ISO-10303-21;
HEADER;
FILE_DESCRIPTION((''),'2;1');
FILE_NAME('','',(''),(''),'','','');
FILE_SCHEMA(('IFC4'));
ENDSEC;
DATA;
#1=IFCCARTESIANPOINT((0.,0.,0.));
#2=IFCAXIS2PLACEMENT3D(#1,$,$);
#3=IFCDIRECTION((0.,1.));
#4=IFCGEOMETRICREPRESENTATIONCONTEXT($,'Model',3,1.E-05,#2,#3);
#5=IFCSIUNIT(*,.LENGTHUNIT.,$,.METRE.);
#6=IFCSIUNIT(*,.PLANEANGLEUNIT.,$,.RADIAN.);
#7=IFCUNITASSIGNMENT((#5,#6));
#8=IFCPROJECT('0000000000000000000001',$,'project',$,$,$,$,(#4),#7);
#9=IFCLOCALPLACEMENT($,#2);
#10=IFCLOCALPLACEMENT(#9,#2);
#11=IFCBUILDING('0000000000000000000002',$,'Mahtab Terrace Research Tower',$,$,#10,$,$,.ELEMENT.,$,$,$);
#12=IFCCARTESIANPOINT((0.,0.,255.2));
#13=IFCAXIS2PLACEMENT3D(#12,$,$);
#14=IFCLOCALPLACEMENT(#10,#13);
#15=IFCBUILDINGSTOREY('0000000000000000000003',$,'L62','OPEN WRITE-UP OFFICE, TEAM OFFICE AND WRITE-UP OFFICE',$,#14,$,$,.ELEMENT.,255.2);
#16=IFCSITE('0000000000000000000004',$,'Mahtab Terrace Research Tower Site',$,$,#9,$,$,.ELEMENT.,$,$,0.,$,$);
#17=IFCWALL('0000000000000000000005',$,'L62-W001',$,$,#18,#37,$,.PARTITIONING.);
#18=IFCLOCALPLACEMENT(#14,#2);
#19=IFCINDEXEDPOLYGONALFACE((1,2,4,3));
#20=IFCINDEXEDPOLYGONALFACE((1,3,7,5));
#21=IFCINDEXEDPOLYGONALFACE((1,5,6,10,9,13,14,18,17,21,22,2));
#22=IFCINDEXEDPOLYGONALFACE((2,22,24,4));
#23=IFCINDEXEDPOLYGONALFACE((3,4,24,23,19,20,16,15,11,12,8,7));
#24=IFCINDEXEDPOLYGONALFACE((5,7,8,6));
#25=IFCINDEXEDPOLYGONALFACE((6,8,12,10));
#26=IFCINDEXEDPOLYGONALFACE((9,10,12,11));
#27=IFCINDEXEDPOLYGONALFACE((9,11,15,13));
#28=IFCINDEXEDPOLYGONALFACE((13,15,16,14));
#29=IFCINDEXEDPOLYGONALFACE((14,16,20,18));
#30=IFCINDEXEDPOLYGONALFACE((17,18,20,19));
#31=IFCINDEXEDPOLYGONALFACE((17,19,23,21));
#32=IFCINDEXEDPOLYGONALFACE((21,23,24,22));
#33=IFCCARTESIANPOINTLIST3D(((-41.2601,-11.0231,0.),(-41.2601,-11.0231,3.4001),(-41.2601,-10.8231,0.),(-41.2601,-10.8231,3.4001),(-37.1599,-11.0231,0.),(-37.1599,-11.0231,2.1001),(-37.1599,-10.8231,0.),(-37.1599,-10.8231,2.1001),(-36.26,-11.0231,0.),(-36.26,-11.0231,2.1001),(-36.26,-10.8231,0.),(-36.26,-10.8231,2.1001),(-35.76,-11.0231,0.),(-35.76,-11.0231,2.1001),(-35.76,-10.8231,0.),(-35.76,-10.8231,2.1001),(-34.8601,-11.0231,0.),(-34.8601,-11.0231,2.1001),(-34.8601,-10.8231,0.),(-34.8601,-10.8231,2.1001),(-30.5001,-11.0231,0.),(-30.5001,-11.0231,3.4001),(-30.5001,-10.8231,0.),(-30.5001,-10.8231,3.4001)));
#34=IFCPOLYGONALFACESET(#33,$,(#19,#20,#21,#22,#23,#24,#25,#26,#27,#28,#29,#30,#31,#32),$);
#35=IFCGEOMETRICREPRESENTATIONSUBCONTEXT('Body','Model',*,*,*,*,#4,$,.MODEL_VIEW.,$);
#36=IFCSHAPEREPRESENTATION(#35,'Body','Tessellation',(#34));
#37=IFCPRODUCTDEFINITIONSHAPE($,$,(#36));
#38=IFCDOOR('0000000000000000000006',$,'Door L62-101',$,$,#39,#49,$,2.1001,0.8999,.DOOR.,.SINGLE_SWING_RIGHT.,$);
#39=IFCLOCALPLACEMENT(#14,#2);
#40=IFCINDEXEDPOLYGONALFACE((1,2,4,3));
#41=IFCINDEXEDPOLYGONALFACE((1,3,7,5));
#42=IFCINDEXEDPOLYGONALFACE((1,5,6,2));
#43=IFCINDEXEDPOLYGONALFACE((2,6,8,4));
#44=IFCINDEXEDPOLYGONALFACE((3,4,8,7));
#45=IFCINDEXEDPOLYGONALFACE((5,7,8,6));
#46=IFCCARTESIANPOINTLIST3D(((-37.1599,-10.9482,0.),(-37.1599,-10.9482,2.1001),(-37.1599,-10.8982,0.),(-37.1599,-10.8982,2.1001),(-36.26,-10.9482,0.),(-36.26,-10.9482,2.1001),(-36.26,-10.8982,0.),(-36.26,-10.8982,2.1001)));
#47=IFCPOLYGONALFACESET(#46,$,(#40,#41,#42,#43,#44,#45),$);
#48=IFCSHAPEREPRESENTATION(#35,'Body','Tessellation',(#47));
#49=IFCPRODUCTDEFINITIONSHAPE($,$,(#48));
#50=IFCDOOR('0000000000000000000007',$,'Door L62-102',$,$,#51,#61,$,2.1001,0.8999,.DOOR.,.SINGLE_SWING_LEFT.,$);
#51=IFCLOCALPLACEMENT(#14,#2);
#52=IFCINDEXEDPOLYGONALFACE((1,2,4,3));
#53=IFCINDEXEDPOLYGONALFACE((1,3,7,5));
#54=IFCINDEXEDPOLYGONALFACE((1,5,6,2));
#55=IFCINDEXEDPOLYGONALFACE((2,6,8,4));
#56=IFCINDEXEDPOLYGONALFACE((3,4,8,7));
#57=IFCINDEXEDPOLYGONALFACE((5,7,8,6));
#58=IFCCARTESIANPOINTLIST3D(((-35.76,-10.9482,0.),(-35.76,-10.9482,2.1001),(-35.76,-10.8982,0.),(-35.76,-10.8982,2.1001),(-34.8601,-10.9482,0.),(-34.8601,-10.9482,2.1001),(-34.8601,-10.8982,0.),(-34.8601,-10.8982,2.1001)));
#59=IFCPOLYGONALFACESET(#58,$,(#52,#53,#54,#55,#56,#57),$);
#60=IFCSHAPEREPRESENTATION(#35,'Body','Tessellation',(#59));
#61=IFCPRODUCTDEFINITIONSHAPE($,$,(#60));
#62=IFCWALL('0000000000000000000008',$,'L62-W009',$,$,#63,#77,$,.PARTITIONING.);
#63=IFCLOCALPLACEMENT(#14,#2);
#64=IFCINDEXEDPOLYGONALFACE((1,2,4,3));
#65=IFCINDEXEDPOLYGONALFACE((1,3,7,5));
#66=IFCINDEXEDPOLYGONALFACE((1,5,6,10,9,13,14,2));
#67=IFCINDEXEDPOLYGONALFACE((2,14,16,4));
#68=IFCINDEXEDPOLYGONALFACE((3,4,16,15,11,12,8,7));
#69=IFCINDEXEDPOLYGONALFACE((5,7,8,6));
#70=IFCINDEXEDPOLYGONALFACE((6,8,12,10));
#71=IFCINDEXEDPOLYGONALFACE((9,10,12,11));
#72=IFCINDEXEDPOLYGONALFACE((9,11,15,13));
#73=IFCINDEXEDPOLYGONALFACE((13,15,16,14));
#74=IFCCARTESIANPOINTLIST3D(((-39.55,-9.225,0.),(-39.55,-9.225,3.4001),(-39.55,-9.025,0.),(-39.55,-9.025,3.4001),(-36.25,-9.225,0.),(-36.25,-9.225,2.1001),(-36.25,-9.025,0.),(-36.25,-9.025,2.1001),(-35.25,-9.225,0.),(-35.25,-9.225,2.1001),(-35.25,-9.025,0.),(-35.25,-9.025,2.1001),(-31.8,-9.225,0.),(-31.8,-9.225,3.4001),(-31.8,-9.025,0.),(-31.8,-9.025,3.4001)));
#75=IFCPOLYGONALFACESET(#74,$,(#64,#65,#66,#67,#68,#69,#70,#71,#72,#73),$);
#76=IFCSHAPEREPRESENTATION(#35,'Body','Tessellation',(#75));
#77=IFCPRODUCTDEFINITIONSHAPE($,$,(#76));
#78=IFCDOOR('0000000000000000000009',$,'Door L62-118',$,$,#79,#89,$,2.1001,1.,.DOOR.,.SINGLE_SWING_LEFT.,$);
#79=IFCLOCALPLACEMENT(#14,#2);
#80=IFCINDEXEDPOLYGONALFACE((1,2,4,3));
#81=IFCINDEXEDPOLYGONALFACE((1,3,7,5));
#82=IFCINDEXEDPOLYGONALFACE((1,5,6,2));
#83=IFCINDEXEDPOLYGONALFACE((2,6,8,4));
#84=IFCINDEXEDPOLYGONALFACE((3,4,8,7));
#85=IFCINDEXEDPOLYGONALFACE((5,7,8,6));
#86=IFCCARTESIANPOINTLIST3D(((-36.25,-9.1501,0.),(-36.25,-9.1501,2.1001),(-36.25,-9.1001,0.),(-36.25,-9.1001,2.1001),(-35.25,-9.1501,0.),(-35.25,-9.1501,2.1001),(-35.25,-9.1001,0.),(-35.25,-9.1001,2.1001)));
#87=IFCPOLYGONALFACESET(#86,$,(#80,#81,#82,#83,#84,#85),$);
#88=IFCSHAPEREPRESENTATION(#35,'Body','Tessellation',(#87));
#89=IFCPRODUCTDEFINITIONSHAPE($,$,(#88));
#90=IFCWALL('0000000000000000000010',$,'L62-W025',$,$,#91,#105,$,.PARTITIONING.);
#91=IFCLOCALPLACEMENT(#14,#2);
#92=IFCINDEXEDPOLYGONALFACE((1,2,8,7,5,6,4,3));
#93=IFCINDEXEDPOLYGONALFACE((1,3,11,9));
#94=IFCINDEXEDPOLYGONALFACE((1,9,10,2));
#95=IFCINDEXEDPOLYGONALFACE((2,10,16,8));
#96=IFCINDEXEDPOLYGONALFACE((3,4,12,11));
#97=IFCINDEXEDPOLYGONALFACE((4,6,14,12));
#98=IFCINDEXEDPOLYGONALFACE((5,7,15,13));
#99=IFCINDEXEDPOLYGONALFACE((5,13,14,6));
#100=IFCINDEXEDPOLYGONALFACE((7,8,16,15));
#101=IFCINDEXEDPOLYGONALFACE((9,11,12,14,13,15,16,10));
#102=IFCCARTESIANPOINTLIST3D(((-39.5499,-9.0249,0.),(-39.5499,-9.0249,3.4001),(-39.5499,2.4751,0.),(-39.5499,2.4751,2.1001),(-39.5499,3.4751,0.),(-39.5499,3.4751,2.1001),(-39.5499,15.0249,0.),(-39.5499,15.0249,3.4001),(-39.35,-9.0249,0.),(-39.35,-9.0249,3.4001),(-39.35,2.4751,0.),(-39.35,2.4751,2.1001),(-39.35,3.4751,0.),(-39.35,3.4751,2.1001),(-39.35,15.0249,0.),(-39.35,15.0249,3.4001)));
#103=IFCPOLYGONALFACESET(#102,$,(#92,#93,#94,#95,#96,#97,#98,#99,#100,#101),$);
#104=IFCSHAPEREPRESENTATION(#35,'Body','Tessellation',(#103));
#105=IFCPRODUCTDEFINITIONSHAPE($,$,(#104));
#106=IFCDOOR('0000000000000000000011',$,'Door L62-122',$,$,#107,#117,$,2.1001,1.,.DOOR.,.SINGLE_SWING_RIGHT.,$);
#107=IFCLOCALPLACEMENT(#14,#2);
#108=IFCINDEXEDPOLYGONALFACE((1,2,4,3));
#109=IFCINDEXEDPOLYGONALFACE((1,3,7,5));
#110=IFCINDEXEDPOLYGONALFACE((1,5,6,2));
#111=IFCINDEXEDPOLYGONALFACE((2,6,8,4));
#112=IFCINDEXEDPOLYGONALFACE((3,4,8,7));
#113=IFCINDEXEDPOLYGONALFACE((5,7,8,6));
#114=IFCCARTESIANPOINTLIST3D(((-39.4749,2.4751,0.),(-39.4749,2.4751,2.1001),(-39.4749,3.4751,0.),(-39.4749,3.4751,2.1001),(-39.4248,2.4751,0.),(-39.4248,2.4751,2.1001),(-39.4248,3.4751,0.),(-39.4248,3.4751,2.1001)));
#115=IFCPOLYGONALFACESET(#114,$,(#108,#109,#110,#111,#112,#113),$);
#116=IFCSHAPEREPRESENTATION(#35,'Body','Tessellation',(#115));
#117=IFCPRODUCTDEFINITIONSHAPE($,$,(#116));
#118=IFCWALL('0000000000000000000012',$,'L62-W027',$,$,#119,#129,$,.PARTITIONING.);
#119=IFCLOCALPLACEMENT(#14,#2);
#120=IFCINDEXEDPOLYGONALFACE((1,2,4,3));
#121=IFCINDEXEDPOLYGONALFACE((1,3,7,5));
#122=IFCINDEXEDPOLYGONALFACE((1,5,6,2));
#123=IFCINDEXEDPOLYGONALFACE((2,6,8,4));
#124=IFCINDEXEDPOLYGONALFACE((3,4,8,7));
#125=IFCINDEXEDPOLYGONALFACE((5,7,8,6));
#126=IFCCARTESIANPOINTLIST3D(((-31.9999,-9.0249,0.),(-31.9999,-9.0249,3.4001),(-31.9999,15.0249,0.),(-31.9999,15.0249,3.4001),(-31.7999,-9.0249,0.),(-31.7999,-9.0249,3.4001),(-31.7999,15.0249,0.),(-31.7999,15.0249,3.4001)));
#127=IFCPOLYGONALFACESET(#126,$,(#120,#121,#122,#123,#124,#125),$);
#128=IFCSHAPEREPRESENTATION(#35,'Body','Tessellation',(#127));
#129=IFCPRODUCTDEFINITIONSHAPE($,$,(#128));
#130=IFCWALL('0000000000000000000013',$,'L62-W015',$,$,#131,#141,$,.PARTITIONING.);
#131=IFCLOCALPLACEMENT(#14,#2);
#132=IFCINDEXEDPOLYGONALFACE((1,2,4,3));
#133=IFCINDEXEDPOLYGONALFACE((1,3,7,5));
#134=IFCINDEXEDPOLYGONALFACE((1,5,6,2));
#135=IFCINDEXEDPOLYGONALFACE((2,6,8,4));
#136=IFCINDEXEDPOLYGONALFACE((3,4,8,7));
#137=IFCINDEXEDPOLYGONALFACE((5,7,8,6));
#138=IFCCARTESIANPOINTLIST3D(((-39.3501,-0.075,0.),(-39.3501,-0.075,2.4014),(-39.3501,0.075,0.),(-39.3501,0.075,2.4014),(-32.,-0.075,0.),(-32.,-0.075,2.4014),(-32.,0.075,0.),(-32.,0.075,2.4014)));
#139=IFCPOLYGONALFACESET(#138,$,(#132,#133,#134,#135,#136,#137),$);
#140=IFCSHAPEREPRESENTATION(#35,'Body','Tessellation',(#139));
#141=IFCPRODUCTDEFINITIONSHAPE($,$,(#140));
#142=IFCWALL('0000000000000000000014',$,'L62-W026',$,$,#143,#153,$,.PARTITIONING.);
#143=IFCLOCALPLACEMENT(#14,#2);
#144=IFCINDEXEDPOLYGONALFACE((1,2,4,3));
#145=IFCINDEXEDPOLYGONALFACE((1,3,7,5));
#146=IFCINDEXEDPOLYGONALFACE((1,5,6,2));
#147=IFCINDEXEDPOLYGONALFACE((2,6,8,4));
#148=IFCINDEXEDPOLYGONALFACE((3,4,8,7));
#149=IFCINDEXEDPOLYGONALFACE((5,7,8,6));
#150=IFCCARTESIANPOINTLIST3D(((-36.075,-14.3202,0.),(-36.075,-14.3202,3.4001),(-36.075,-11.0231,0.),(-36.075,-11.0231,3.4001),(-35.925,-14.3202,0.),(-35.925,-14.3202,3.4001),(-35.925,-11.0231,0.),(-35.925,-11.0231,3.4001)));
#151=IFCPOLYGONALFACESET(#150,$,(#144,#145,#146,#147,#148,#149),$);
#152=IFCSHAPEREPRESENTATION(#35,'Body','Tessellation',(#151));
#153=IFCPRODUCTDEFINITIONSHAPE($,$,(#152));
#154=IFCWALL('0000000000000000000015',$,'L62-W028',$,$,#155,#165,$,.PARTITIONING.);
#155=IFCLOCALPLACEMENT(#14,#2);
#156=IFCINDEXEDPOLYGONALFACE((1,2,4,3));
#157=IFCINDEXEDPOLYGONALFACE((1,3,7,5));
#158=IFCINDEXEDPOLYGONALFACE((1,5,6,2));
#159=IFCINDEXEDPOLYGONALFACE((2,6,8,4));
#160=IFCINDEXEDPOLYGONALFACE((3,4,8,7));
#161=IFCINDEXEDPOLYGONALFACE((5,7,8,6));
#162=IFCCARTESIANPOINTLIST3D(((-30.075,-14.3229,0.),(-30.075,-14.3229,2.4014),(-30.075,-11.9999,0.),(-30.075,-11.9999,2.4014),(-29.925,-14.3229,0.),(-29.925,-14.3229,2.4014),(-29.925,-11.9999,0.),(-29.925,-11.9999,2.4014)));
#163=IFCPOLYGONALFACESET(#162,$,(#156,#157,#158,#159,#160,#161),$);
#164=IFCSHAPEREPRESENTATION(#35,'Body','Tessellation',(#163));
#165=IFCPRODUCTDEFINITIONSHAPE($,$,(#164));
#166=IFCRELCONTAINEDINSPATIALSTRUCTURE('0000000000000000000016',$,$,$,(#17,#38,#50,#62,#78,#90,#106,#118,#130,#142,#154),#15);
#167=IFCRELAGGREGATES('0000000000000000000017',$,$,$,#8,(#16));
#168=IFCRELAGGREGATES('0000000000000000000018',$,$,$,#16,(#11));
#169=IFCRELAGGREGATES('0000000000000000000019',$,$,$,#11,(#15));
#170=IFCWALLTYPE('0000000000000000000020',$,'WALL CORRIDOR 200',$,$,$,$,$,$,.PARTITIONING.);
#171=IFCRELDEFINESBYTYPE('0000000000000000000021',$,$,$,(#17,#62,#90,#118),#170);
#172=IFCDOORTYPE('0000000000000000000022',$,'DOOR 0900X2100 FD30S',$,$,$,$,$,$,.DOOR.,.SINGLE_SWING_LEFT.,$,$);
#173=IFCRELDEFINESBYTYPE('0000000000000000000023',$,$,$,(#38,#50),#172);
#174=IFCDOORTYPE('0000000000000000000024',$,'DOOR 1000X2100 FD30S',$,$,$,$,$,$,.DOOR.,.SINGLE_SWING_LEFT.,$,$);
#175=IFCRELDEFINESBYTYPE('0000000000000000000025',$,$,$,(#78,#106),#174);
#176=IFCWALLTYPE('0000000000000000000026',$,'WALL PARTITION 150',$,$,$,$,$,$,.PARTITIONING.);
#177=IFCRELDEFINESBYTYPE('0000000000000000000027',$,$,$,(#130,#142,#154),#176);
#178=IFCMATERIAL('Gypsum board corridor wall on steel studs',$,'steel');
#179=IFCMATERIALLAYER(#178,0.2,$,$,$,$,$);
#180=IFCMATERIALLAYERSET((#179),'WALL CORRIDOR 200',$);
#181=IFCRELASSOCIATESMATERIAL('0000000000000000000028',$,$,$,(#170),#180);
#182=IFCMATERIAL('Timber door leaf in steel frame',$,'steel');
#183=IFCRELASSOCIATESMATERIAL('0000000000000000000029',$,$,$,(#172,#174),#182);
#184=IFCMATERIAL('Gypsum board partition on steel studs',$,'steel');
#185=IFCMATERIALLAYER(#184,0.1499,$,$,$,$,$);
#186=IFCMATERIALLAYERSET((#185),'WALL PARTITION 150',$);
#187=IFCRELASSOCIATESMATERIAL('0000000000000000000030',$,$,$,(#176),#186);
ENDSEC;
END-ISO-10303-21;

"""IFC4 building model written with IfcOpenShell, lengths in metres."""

from ifc_helpers import new_model, si_unit, direction, frame, frame_2d, origin, place, context, subcontext, project, spatial, rectangle, extrude, material, layer, layer_set, type_object, element, fill, save


model = new_model("IFC4")

# Units and contexts
model_context = context("Model", 3, precision=1e-05, world=origin(), true_north=direction((0.0, 1.0)))
body_context = subcontext(model_context, "Body", "Model", "MODEL_VIEW")
ifc_project = project(units=[si_unit("LENGTHUNIT", "METRE"), si_unit("PLANEANGLEUNIT", "RADIAN")], contexts=[model_context])

# Site, building, storey
site_placement = place(None, origin())
site = spatial("IfcSite", under=ifc_project, at=site_placement, Name="Mahtab Terrace Research Tower Site", CompositionType="ELEMENT", RefElevation=0.0)
building_placement = place(site_placement, origin())
building = spatial("IfcBuilding", under=site, at=building_placement, Name="Mahtab Terrace Research Tower", CompositionType="ELEMENT")
storey_placement = place(building_placement, frame((0.0, 0.0, 255.2)))
storey = spatial("IfcBuildingStorey", under=building, at=storey_placement, Name="L62", Description="OPEN WRITE-UP OFFICE, TEAM OFFICE AND WRITE-UP OFFICE", CompositionType="ELEMENT", Elevation=255.2)

# Wall, openings, doors
ifc_material_1 = material(Name="Gypsum board corridor wall on steel studs", Category="steel")
ifc_layer_1 = layer(ifc_material_1, 0.2)
ifc_layer_set_1 = layer_set([ifc_layer_1], Name="WALL CORRIDOR 200")
wall_type_1 = type_object("IfcWallType", Name="WALL CORRIDOR 200", PredefinedType="PARTITIONING", material=ifc_layer_set_1)
wall_1_placement = place(storey_placement, frame((-41.26, -10.9231, 0.0), z_axis=(0.0, 0.0, 1.0), x_axis=(1.0, 0.0, 0.0)))
wall_1 = element("IfcWall", 1, at=wall_1_placement, inside=storey, type_object=wall_type_1, Name="L62-W001", PredefinedType="PARTITIONING", context=body_context, shape_type="SweptSolid", body=[
    extrude(rectangle(XDim=10.76, YDim=0.2, at=frame_2d((5.3799, 0.0))), origin(), (0.0, 0.0, 1.0), 3.4001),
])
opening_1_placement = place(wall_1_placement, frame((4.1001, 0.0, 0.0)))
opening_1 = element("IfcOpeningElement", 2, at=opening_1_placement, cuts=wall_1, PredefinedType="OPENING", context=body_context, shape_type="SweptSolid", body=[
    extrude(rectangle(XDim=0.8999, YDim=2.1001, at=frame_2d((0.45, 1.05))), frame((0.0, 0.1099, 0.0), z_axis=(0.0, -1.0, 0.0), x_axis=(1.0, 0.0, 0.0)), (0.0, 0.0, 1.0), 0.22),
])
opening_2_placement = place(wall_1_placement, frame((5.5, 0.0, 0.0)))
opening_2 = element("IfcOpeningElement", 3, at=opening_2_placement, cuts=wall_1, PredefinedType="OPENING", context=body_context, shape_type="SweptSolid", body=[
    extrude(rectangle(XDim=0.8999, YDim=2.1001, at=frame_2d((0.45, 1.05))), frame((0.0, 0.1099, 0.0), z_axis=(0.0, -1.0, 0.0), x_axis=(1.0, 0.0, 0.0)), (0.0, 0.0, 1.0), 0.22),
])
ifc_material_2 = material(Name="Timber door leaf in steel frame", Category="steel")
door_type_1 = type_object("IfcDoorType", Name="DOOR 0900X2100 FD30S", OperationType="SINGLE_SWING_LEFT", PredefinedType="DOOR", material=ifc_material_2)
door_1_placement = place(opening_1_placement, origin())
door_1 = element("IfcDoor", 4, at=door_1_placement, inside=storey, type_object=door_type_1, Name="Door L62-101", OperationType="SINGLE_SWING_RIGHT", OverallHeight=2.1001, OverallWidth=0.8999, PredefinedType="DOOR", context=body_context, shape_type="SweptSolid", body=[
    extrude(rectangle(XDim=0.8999, YDim=2.1001, at=frame_2d((0.45, 1.05))), frame((0.0, 0.0249, 0.0), z_axis=(0.0, -1.0, 0.0), x_axis=(1.0, 0.0, 0.0)), (0.0, 0.0, 1.0), 0.05),
])
fill(opening_1, door_1)
door_2_placement = place(opening_2_placement, origin())
door_2 = element("IfcDoor", 5, at=door_2_placement, inside=storey, type_object=door_type_1, Name="Door L62-102", OperationType="SINGLE_SWING_LEFT", OverallHeight=2.1001, OverallWidth=0.8999, PredefinedType="DOOR", context=body_context, shape_type="SweptSolid", body=[
    extrude(rectangle(XDim=0.8999, YDim=2.1001, at=frame_2d((0.45, 1.05))), frame((0.0, 0.0249, 0.0), z_axis=(0.0, -1.0, 0.0), x_axis=(1.0, 0.0, 0.0)), (0.0, 0.0, 1.0), 0.05),
])
fill(opening_2, door_2)

# Walls, openings, doors
wall_2_placement = place(storey_placement, frame((-39.55, -9.125, 0.0), z_axis=(0.0, 0.0, 1.0), x_axis=(1.0, 0.0, 0.0)))
wall_2 = element("IfcWall", 6, at=wall_2_placement, inside=storey, type_object=wall_type_1, Name="L62-W009", PredefinedType="PARTITIONING", context=body_context, shape_type="SweptSolid", body=[
    extrude(rectangle(XDim=7.75, YDim=0.2, at=frame_2d((3.875, 0.0))), origin(), (0.0, 0.0, 1.0), 3.4001),
])
opening_3_placement = place(wall_2_placement, frame((3.3, 0.0, 0.0)))
opening_3 = element("IfcOpeningElement", 7, at=opening_3_placement, cuts=wall_2, PredefinedType="OPENING", context=body_context, shape_type="SweptSolid", body=[
    extrude(rectangle(XDim=1.0, YDim=2.1001, at=frame_2d((0.5, 1.05))), frame((0.0, 0.1099, 0.0), z_axis=(0.0, -1.0, 0.0), x_axis=(1.0, 0.0, 0.0)), (0.0, 0.0, 1.0), 0.22),
])
door_type_2 = type_object("IfcDoorType", Name="DOOR 1000X2100 FD30S", OperationType="SINGLE_SWING_LEFT", PredefinedType="DOOR", material=ifc_material_2)
door_3_placement = place(opening_3_placement, origin())
door_3 = element("IfcDoor", 8, at=door_3_placement, inside=storey, type_object=door_type_2, Name="Door L62-118", OperationType="SINGLE_SWING_LEFT", OverallHeight=2.1001, OverallWidth=1.0, PredefinedType="DOOR", context=body_context, shape_type="SweptSolid", body=[
    extrude(rectangle(XDim=1.0, YDim=2.1001, at=frame_2d((0.5, 1.05))), frame((0.0, 0.0249, 0.0), z_axis=(0.0, -1.0, 0.0), x_axis=(1.0, 0.0, 0.0)), (0.0, 0.0, 1.0), 0.05),
])
fill(opening_3, door_3)
wall_3_placement = place(storey_placement, frame((-39.45, -9.0249, 0.0), z_axis=(0.0, 0.0, 1.0), x_axis=(0.0, 1.0, 0.0)))
wall_3 = element("IfcWall", 9, at=wall_3_placement, inside=storey, type_object=wall_type_1, Name="L62-W025", PredefinedType="PARTITIONING", context=body_context, shape_type="SweptSolid", body=[
    extrude(rectangle(XDim=24.0498, YDim=0.2, at=frame_2d((12.0249, 0.0))), origin(), (0.0, 0.0, 1.0), 3.4001),
])
opening_4_placement = place(wall_3_placement, frame((11.5, 0.0, 0.0)))
opening_4 = element("IfcOpeningElement", 10, at=opening_4_placement, cuts=wall_3, PredefinedType="OPENING", context=body_context, shape_type="SweptSolid", body=[
    extrude(rectangle(XDim=1.0, YDim=2.1001, at=frame_2d((0.5, 1.05))), frame((0.0, 0.1099, 0.0), z_axis=(0.0, -1.0, 0.0), x_axis=(1.0, 0.0, 0.0)), (0.0, 0.0, 1.0), 0.22),
])
door_4_placement = place(opening_4_placement, origin())
door_4 = element("IfcDoor", 11, at=door_4_placement, inside=storey, type_object=door_type_2, Name="Door L62-122", OperationType="SINGLE_SWING_RIGHT", OverallHeight=2.1001, OverallWidth=1.0, PredefinedType="DOOR", context=body_context, shape_type="SweptSolid", body=[
    extrude(rectangle(XDim=1.0, YDim=2.1001, at=frame_2d((0.5, 1.05))), frame((0.0, 0.0249, 0.0), z_axis=(0.0, -1.0, 0.0), x_axis=(1.0, 0.0, 0.0)), (0.0, 0.0, 1.0), 0.05),
])
fill(opening_4, door_4)

# Walls
wall_4_placement = place(storey_placement, frame((-31.8999, -9.0249, 0.0), z_axis=(0.0, 0.0, 1.0), x_axis=(0.0, 1.0, 0.0)))
element("IfcWall", 12, at=wall_4_placement, inside=storey, type_object=wall_type_1, Name="L62-W027", PredefinedType="PARTITIONING", context=body_context, shape_type="SweptSolid", body=[
    extrude(rectangle(XDim=24.0498, YDim=0.2, at=frame_2d((12.0249, 0.0))), origin(), (0.0, 0.0, 1.0), 3.4001),
])
ifc_material_3 = material(Name="Gypsum board partition on steel studs", Category="steel")
ifc_layer_2 = layer(ifc_material_3, 0.1499)
ifc_layer_set_2 = layer_set([ifc_layer_2], Name="WALL PARTITION 150")
wall_type_2 = type_object("IfcWallType", Name="WALL PARTITION 150", PredefinedType="PARTITIONING", material=ifc_layer_set_2)
wall_5_placement = place(storey_placement, frame((-39.3501, 0.0, 0.0), z_axis=(0.0, 0.0, 1.0), x_axis=(1.0, 0.0, 0.0)))
element("IfcWall", 13, at=wall_5_placement, inside=storey, type_object=wall_type_2, Name="L62-W015", PredefinedType="PARTITIONING", context=body_context, shape_type="SweptSolid", body=[
    extrude(rectangle(XDim=7.3501, YDim=0.1499, at=frame_2d((3.675, 0.0))), origin(), (0.0, 0.0, 1.0), 2.4014),
])
wall_6_placement = place(storey_placement, frame((-36.0, -14.3201, 0.0), z_axis=(0.0, 0.0, 1.0), x_axis=(0.0, 1.0, 0.0)))
element("IfcWall", 14, at=wall_6_placement, inside=storey, type_object=wall_type_2, Name="L62-W026", PredefinedType="PARTITIONING", context=body_context, shape_type="SweptSolid", body=[
    extrude(rectangle(XDim=3.2971, YDim=0.1499, at=frame_2d((1.6484, 0.0))), origin(), (0.0, 0.0, 1.0), 3.4001),
])
wall_7_placement = place(storey_placement, frame((-30.0, -14.323, 0.0), z_axis=(0.0, 0.0, 1.0), x_axis=(0.0, 1.0, 0.0)))
element("IfcWall", 15, at=wall_7_placement, inside=storey, type_object=wall_type_2, Name="L62-W028", PredefinedType="PARTITIONING", context=body_context, shape_type="SweptSolid", body=[
    extrude(rectangle(XDim=2.323, YDim=0.1499, at=frame_2d((1.1616, 0.0))), origin(), (0.0, 0.0, 1.0), 2.4014),
])

save(model, "model.ifc")
